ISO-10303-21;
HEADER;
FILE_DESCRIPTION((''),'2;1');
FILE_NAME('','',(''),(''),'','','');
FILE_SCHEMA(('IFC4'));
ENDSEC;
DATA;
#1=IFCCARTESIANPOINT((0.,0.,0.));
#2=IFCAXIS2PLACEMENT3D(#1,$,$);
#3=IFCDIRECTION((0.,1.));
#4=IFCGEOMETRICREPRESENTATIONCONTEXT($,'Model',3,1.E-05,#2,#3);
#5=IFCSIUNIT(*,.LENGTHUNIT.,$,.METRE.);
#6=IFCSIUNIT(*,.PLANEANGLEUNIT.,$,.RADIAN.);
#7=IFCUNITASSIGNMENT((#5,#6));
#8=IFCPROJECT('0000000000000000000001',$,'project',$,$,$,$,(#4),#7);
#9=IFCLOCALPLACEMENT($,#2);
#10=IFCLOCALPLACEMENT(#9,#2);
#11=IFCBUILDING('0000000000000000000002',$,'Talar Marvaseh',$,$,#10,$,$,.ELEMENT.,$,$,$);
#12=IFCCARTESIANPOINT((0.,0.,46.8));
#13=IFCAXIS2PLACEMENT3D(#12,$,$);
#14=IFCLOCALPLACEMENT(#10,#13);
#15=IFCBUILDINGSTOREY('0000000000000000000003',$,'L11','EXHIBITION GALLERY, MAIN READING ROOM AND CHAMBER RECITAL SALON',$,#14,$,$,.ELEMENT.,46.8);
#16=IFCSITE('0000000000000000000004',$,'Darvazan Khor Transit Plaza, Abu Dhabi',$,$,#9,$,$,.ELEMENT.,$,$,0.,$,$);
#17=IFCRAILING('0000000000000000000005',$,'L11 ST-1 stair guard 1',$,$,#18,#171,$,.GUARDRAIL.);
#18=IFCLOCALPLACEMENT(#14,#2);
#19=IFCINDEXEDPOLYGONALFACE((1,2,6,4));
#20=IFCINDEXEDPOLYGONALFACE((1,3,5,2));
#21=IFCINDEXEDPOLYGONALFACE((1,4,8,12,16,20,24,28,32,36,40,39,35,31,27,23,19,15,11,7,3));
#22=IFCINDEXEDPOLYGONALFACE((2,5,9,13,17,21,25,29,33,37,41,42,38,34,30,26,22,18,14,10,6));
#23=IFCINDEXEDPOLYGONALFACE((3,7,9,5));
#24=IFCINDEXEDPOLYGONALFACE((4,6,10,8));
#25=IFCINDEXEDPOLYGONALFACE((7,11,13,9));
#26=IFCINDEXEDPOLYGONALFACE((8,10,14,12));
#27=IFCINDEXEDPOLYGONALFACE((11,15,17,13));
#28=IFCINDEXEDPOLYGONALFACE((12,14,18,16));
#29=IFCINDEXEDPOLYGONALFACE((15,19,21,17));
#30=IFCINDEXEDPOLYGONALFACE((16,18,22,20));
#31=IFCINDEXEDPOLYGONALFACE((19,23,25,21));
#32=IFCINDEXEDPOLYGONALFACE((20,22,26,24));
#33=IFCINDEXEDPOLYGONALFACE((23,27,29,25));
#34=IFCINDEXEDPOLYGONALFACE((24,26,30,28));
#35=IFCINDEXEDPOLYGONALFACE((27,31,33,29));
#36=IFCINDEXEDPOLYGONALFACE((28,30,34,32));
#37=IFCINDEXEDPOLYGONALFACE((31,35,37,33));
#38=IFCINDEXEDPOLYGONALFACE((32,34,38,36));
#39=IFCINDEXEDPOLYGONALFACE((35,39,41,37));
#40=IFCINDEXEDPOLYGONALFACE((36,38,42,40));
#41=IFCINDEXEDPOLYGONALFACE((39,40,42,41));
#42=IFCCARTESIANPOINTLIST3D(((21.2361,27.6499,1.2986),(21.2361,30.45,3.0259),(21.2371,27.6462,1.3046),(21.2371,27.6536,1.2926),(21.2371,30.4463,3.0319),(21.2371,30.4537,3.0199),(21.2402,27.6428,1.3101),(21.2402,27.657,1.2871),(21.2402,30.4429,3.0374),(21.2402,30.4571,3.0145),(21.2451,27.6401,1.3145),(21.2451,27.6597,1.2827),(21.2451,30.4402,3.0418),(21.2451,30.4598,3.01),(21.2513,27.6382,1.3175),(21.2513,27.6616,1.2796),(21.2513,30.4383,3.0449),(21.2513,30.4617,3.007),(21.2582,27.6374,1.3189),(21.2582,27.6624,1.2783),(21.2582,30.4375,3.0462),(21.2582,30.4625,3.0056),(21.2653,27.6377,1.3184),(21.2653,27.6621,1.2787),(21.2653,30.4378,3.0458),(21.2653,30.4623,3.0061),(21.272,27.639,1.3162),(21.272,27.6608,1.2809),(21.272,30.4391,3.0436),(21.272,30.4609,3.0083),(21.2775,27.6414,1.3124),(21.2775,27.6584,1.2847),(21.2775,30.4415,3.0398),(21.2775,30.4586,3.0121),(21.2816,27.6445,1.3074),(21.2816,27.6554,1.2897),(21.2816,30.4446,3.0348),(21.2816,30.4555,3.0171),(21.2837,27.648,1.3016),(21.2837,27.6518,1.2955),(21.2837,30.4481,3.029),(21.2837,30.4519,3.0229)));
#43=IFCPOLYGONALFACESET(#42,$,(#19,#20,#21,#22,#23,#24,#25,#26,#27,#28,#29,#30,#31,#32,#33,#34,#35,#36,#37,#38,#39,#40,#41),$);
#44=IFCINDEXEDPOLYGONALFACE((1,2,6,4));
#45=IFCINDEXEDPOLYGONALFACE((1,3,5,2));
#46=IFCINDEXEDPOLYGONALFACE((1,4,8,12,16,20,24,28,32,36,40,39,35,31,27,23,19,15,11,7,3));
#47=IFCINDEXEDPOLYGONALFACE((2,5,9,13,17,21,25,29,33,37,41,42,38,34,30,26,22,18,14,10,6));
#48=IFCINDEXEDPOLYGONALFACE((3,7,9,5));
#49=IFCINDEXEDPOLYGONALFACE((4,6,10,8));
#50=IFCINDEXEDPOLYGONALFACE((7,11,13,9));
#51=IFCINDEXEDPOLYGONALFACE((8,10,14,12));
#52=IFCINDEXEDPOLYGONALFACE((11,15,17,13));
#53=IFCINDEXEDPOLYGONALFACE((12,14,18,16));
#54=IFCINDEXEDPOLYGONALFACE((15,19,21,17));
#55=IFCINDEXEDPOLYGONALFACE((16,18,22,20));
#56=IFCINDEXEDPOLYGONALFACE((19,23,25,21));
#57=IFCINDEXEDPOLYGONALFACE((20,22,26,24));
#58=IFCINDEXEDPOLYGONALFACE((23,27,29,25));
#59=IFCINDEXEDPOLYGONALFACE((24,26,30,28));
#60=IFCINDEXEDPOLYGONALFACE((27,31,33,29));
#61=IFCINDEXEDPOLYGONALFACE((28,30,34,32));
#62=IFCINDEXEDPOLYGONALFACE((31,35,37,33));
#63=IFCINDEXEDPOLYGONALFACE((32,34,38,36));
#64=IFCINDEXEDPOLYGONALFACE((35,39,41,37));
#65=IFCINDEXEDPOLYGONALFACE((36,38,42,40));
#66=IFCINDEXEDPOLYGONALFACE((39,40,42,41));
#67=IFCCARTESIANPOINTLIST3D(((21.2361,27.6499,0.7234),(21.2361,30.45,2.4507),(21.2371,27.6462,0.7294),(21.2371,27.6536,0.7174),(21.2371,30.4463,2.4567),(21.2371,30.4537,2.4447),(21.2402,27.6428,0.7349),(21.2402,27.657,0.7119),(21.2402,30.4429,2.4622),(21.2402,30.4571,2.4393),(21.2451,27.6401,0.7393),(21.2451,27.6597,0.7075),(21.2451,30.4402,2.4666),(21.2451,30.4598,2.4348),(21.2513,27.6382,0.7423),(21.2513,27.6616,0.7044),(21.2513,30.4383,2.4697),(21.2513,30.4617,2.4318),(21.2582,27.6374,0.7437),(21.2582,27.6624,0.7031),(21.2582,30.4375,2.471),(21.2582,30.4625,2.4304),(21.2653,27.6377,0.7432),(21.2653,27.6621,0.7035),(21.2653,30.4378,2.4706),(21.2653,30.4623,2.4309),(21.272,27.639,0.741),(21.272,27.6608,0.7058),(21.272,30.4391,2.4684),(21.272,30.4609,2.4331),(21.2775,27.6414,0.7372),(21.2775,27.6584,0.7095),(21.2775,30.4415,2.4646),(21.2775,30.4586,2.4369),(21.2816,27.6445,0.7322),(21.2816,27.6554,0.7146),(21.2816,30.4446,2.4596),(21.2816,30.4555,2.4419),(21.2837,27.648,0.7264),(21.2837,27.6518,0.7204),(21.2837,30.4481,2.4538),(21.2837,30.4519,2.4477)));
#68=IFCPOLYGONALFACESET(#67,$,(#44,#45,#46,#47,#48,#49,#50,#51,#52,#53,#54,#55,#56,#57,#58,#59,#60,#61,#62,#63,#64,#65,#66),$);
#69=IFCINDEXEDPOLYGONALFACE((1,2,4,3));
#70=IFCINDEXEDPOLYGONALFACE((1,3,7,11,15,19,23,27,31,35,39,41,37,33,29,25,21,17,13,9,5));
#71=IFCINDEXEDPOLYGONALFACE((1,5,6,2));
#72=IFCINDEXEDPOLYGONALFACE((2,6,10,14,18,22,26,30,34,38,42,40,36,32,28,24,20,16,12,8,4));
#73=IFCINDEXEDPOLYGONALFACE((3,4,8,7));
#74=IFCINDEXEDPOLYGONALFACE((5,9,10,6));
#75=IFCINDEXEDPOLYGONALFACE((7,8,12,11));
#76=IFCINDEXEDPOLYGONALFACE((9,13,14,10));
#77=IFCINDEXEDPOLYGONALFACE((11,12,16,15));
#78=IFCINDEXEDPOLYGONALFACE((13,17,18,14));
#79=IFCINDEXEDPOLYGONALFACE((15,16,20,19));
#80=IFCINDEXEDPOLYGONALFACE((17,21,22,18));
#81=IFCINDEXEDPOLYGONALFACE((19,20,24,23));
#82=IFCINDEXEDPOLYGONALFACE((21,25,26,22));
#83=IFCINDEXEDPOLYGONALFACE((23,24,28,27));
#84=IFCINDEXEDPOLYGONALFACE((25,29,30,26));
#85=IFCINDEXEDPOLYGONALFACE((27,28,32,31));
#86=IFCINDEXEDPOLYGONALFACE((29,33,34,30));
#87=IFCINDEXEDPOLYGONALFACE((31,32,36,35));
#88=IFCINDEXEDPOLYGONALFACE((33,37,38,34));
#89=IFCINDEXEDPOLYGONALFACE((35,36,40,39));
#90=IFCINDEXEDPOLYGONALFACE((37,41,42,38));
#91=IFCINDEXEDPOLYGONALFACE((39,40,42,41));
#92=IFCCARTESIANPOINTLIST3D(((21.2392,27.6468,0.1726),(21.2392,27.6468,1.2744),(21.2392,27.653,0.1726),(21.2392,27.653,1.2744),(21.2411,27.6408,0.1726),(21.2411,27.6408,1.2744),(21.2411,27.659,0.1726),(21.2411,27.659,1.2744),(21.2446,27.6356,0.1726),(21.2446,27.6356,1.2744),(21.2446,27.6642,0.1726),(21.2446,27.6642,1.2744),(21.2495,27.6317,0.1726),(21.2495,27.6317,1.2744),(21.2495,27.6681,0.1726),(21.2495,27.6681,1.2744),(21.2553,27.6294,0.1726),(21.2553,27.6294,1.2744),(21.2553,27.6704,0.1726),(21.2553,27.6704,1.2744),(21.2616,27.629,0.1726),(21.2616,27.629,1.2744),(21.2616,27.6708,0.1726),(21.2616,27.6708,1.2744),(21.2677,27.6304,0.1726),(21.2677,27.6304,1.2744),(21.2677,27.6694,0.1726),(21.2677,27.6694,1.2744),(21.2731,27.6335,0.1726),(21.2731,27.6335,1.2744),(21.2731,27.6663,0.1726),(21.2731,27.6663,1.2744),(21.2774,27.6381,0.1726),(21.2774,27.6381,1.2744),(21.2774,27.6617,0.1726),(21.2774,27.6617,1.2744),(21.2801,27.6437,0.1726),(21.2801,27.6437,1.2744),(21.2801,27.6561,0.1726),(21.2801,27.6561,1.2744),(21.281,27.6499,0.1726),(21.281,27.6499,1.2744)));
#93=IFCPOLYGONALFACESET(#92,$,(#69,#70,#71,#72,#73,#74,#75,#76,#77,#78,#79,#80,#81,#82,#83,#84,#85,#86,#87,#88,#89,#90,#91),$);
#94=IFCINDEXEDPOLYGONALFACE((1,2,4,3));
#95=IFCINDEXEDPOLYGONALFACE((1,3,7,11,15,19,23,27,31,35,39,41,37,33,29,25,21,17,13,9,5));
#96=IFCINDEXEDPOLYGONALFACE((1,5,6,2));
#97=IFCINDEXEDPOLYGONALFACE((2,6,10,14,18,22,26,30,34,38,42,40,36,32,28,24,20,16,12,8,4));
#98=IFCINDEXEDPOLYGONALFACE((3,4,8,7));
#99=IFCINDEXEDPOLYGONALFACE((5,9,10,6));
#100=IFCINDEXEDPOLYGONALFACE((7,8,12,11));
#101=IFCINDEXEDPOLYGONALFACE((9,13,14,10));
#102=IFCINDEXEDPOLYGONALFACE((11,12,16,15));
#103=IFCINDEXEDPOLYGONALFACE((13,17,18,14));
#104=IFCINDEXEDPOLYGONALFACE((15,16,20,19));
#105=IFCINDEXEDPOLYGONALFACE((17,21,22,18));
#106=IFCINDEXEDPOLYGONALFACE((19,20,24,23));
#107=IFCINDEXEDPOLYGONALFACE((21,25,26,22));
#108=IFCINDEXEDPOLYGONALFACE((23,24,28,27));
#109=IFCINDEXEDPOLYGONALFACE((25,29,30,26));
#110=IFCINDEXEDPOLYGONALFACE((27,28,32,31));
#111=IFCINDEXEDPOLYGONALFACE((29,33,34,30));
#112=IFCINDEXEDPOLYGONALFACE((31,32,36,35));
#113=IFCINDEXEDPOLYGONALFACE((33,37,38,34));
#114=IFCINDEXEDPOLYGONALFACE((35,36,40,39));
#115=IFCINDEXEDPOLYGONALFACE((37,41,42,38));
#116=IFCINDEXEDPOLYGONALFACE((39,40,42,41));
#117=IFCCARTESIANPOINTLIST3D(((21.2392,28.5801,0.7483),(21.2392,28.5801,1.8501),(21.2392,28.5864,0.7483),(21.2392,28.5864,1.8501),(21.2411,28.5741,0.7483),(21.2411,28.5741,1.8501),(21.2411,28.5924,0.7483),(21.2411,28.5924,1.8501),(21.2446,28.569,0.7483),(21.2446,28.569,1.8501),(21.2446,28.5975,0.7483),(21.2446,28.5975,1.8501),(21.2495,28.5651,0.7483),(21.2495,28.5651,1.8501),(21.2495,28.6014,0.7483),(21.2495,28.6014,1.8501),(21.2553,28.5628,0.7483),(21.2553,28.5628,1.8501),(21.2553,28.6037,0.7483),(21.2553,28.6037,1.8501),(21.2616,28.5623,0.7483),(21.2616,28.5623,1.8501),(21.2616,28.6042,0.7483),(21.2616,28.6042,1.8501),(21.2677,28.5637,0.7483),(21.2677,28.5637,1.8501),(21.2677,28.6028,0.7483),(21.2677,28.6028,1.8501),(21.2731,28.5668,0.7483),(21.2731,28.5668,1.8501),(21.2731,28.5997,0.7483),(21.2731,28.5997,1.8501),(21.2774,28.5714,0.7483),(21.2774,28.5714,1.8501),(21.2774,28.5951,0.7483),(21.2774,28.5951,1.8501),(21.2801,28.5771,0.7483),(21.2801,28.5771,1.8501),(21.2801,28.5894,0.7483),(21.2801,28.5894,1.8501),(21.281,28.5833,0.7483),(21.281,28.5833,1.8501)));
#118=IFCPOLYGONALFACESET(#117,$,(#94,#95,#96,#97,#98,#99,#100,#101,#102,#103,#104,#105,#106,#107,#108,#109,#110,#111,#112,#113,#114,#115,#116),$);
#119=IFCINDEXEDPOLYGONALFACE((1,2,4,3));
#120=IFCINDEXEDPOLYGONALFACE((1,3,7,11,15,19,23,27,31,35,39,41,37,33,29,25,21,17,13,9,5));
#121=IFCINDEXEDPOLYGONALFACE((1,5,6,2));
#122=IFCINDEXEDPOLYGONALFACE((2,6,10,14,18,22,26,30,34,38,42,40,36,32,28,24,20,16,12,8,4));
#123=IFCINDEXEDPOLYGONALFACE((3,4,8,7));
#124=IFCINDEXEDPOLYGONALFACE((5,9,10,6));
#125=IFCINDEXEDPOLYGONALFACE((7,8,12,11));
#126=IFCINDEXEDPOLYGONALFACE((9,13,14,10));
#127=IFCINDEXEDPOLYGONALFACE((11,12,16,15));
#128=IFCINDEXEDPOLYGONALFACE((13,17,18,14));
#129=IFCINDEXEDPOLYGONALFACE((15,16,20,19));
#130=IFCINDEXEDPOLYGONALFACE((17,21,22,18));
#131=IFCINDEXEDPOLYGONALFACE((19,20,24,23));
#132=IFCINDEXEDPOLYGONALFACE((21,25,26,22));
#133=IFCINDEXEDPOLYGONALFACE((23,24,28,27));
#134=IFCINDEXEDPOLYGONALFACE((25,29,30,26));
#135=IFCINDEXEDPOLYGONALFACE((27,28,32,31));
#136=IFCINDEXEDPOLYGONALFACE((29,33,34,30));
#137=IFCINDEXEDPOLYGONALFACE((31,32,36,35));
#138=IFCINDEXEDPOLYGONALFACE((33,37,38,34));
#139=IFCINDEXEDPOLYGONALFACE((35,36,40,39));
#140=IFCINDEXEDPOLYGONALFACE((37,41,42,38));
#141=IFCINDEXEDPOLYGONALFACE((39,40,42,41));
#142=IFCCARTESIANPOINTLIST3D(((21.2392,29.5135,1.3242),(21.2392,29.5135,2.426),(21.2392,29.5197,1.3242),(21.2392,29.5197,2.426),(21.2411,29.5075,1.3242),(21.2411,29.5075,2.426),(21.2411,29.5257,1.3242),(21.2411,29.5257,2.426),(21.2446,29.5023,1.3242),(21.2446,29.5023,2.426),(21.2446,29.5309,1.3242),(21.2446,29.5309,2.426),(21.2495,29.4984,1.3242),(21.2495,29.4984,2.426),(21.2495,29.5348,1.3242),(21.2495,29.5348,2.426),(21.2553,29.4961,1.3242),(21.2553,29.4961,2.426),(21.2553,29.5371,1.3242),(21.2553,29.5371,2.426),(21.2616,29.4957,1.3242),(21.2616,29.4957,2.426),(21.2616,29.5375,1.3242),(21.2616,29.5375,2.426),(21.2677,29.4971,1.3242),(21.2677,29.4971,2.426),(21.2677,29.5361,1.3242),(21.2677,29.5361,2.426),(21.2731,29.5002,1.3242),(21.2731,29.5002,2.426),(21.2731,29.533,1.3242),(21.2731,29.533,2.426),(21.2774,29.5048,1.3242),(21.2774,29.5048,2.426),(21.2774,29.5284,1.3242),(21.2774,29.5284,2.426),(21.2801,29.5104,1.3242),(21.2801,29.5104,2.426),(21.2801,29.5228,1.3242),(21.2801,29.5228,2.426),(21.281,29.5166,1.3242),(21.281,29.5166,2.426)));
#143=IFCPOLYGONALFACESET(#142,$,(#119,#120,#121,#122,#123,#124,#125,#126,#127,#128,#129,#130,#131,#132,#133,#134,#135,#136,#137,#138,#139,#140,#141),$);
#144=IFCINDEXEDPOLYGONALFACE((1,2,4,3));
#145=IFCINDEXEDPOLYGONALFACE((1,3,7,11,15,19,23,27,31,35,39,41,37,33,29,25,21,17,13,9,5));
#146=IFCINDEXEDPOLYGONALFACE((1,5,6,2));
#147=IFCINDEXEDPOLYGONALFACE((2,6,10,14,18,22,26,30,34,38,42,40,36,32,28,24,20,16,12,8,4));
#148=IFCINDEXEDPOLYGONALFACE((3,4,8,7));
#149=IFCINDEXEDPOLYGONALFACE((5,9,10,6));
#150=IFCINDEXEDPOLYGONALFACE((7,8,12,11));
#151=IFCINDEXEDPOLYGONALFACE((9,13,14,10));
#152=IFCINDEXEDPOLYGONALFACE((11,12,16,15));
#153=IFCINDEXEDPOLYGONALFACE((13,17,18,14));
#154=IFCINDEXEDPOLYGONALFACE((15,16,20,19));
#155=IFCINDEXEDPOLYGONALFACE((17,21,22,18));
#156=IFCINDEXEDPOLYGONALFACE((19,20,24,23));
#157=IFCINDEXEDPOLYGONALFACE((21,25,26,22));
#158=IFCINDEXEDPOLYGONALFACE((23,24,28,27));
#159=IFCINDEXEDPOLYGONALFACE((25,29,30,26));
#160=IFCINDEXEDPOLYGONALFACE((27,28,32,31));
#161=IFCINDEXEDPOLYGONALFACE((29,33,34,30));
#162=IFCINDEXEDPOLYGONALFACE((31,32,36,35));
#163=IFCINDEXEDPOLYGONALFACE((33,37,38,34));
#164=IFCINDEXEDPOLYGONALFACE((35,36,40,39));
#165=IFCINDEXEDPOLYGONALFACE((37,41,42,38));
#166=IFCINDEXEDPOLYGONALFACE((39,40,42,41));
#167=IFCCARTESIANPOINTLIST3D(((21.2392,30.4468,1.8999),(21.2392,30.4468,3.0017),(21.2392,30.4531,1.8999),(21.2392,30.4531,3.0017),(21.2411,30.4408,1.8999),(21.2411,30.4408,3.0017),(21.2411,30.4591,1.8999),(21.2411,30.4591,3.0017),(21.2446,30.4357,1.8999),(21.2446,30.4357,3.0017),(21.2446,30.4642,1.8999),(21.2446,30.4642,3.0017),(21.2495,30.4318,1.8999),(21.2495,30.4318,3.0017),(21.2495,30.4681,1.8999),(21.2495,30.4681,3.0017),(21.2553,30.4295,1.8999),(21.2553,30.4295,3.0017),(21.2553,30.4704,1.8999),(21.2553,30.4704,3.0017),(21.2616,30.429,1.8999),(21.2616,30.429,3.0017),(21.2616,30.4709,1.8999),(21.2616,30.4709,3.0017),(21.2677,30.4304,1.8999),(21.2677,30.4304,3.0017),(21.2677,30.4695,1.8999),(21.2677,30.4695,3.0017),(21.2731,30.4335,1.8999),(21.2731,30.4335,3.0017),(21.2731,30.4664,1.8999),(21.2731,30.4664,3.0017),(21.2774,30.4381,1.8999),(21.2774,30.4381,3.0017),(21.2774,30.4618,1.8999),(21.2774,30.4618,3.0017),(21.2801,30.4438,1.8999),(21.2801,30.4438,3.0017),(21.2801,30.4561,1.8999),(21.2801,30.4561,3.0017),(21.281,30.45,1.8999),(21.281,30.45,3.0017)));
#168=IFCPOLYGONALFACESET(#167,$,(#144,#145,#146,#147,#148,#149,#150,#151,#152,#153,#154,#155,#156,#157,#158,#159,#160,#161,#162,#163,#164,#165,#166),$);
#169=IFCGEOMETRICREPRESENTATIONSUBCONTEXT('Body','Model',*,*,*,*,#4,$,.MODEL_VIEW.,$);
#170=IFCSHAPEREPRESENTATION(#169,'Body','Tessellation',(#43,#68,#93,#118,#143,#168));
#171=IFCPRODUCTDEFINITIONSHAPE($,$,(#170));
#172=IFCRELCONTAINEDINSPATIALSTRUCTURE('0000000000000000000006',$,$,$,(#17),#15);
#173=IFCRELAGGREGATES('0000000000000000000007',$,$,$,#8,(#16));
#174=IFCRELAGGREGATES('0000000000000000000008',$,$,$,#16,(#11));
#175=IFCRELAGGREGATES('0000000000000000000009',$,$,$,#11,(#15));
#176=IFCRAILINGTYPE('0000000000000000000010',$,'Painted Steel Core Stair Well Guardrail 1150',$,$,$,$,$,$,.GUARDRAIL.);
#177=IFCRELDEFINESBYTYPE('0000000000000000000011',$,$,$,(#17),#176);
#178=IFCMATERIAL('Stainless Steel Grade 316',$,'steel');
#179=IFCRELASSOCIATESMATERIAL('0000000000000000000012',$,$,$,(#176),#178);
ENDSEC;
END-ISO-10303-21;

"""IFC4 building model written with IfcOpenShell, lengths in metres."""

from ifc_helpers import new_model, si_unit, direction, frame, origin, origin_2d, place, context, subcontext, project, spatial, circle, extrude, material, type_object, element, save


model = new_model("IFC4")

# Units and contexts
model_context = context("Model", 3, precision=1e-05, world=origin(), true_north=direction((0.0, 1.0)))
body_context = subcontext(model_context, "Body", "Model", "MODEL_VIEW")
ifc_project = project(units=[si_unit("LENGTHUNIT", "METRE"), si_unit("PLANEANGLEUNIT", "RADIAN")], contexts=[model_context])

# Site, building, storey
site_placement = place(None, origin())
site = spatial("IfcSite", under=ifc_project, at=site_placement, Name="Darvazan Khor Transit Plaza, Abu Dhabi", CompositionType="ELEMENT", RefElevation=0.0)
building_placement = place(site_placement, origin())
building = spatial("IfcBuilding", under=site, at=building_placement, Name="Talar Marvaseh", CompositionType="ELEMENT")
storey_placement = place(building_placement, frame((0.0, 0.0, 46.8)))
storey = spatial("IfcBuildingStorey", under=building, at=storey_placement, Name="L11", Description="EXHIBITION GALLERY, MAIN READING ROOM AND CHAMBER RECITAL SALON", CompositionType="ELEMENT", Elevation=46.8)

# Railing
ifc_material_1 = material(Name="Stainless Steel Grade 316", Category="steel")
railing_type_1 = type_object("IfcRailingType", Name="Painted Steel Core Stair Well Guardrail 1150", PredefinedType="GUARDRAIL", material=ifc_material_1)
railing_1_placement = place(storey_placement, frame((21.26, 27.6499, 0.1726)))
element("IfcRailing", 1, at=railing_1_placement, inside=storey, type_object=railing_type_1, Name="L11 ST-1 stair guard 1", PredefinedType="GUARDRAIL", context=body_context, shape_type="SweptSolid", body=[
    extrude(circle(Radius=0.0239, at=origin_2d()), frame((0.0, 0.0, 1.126), z_axis=(0.0, 0.85109, 0.52502), x_axis=(-1.0, 0.0, 0.0)), (0.0, 0.0, 1.0), 3.29),
    extrude(circle(Radius=0.0239, at=origin_2d()), frame((0.0, 0.0, 0.5508), z_axis=(0.0, 0.85109, 0.52502), x_axis=(-1.0, 0.0, 0.0)), (0.0, 0.0, 1.0), 3.29),
    extrude(circle(Radius=0.021, at=origin_2d()), origin(), (0.0, 0.0, 1.0), 1.1018),
    extrude(circle(Radius=0.021, at=origin_2d()), frame((0.0, 0.9333, 0.5757)), (0.0, 0.0, 1.0), 1.1018),
    extrude(circle(Radius=0.021, at=origin_2d()), frame((0.0, 1.8667, 1.1516)), (0.0, 0.0, 1.0), 1.1018),
    extrude(circle(Radius=0.021, at=origin_2d()), frame((0.0, 2.8, 1.7273)), (0.0, 0.0, 1.0), 1.1018),
])

save(model, "model.ifc")
